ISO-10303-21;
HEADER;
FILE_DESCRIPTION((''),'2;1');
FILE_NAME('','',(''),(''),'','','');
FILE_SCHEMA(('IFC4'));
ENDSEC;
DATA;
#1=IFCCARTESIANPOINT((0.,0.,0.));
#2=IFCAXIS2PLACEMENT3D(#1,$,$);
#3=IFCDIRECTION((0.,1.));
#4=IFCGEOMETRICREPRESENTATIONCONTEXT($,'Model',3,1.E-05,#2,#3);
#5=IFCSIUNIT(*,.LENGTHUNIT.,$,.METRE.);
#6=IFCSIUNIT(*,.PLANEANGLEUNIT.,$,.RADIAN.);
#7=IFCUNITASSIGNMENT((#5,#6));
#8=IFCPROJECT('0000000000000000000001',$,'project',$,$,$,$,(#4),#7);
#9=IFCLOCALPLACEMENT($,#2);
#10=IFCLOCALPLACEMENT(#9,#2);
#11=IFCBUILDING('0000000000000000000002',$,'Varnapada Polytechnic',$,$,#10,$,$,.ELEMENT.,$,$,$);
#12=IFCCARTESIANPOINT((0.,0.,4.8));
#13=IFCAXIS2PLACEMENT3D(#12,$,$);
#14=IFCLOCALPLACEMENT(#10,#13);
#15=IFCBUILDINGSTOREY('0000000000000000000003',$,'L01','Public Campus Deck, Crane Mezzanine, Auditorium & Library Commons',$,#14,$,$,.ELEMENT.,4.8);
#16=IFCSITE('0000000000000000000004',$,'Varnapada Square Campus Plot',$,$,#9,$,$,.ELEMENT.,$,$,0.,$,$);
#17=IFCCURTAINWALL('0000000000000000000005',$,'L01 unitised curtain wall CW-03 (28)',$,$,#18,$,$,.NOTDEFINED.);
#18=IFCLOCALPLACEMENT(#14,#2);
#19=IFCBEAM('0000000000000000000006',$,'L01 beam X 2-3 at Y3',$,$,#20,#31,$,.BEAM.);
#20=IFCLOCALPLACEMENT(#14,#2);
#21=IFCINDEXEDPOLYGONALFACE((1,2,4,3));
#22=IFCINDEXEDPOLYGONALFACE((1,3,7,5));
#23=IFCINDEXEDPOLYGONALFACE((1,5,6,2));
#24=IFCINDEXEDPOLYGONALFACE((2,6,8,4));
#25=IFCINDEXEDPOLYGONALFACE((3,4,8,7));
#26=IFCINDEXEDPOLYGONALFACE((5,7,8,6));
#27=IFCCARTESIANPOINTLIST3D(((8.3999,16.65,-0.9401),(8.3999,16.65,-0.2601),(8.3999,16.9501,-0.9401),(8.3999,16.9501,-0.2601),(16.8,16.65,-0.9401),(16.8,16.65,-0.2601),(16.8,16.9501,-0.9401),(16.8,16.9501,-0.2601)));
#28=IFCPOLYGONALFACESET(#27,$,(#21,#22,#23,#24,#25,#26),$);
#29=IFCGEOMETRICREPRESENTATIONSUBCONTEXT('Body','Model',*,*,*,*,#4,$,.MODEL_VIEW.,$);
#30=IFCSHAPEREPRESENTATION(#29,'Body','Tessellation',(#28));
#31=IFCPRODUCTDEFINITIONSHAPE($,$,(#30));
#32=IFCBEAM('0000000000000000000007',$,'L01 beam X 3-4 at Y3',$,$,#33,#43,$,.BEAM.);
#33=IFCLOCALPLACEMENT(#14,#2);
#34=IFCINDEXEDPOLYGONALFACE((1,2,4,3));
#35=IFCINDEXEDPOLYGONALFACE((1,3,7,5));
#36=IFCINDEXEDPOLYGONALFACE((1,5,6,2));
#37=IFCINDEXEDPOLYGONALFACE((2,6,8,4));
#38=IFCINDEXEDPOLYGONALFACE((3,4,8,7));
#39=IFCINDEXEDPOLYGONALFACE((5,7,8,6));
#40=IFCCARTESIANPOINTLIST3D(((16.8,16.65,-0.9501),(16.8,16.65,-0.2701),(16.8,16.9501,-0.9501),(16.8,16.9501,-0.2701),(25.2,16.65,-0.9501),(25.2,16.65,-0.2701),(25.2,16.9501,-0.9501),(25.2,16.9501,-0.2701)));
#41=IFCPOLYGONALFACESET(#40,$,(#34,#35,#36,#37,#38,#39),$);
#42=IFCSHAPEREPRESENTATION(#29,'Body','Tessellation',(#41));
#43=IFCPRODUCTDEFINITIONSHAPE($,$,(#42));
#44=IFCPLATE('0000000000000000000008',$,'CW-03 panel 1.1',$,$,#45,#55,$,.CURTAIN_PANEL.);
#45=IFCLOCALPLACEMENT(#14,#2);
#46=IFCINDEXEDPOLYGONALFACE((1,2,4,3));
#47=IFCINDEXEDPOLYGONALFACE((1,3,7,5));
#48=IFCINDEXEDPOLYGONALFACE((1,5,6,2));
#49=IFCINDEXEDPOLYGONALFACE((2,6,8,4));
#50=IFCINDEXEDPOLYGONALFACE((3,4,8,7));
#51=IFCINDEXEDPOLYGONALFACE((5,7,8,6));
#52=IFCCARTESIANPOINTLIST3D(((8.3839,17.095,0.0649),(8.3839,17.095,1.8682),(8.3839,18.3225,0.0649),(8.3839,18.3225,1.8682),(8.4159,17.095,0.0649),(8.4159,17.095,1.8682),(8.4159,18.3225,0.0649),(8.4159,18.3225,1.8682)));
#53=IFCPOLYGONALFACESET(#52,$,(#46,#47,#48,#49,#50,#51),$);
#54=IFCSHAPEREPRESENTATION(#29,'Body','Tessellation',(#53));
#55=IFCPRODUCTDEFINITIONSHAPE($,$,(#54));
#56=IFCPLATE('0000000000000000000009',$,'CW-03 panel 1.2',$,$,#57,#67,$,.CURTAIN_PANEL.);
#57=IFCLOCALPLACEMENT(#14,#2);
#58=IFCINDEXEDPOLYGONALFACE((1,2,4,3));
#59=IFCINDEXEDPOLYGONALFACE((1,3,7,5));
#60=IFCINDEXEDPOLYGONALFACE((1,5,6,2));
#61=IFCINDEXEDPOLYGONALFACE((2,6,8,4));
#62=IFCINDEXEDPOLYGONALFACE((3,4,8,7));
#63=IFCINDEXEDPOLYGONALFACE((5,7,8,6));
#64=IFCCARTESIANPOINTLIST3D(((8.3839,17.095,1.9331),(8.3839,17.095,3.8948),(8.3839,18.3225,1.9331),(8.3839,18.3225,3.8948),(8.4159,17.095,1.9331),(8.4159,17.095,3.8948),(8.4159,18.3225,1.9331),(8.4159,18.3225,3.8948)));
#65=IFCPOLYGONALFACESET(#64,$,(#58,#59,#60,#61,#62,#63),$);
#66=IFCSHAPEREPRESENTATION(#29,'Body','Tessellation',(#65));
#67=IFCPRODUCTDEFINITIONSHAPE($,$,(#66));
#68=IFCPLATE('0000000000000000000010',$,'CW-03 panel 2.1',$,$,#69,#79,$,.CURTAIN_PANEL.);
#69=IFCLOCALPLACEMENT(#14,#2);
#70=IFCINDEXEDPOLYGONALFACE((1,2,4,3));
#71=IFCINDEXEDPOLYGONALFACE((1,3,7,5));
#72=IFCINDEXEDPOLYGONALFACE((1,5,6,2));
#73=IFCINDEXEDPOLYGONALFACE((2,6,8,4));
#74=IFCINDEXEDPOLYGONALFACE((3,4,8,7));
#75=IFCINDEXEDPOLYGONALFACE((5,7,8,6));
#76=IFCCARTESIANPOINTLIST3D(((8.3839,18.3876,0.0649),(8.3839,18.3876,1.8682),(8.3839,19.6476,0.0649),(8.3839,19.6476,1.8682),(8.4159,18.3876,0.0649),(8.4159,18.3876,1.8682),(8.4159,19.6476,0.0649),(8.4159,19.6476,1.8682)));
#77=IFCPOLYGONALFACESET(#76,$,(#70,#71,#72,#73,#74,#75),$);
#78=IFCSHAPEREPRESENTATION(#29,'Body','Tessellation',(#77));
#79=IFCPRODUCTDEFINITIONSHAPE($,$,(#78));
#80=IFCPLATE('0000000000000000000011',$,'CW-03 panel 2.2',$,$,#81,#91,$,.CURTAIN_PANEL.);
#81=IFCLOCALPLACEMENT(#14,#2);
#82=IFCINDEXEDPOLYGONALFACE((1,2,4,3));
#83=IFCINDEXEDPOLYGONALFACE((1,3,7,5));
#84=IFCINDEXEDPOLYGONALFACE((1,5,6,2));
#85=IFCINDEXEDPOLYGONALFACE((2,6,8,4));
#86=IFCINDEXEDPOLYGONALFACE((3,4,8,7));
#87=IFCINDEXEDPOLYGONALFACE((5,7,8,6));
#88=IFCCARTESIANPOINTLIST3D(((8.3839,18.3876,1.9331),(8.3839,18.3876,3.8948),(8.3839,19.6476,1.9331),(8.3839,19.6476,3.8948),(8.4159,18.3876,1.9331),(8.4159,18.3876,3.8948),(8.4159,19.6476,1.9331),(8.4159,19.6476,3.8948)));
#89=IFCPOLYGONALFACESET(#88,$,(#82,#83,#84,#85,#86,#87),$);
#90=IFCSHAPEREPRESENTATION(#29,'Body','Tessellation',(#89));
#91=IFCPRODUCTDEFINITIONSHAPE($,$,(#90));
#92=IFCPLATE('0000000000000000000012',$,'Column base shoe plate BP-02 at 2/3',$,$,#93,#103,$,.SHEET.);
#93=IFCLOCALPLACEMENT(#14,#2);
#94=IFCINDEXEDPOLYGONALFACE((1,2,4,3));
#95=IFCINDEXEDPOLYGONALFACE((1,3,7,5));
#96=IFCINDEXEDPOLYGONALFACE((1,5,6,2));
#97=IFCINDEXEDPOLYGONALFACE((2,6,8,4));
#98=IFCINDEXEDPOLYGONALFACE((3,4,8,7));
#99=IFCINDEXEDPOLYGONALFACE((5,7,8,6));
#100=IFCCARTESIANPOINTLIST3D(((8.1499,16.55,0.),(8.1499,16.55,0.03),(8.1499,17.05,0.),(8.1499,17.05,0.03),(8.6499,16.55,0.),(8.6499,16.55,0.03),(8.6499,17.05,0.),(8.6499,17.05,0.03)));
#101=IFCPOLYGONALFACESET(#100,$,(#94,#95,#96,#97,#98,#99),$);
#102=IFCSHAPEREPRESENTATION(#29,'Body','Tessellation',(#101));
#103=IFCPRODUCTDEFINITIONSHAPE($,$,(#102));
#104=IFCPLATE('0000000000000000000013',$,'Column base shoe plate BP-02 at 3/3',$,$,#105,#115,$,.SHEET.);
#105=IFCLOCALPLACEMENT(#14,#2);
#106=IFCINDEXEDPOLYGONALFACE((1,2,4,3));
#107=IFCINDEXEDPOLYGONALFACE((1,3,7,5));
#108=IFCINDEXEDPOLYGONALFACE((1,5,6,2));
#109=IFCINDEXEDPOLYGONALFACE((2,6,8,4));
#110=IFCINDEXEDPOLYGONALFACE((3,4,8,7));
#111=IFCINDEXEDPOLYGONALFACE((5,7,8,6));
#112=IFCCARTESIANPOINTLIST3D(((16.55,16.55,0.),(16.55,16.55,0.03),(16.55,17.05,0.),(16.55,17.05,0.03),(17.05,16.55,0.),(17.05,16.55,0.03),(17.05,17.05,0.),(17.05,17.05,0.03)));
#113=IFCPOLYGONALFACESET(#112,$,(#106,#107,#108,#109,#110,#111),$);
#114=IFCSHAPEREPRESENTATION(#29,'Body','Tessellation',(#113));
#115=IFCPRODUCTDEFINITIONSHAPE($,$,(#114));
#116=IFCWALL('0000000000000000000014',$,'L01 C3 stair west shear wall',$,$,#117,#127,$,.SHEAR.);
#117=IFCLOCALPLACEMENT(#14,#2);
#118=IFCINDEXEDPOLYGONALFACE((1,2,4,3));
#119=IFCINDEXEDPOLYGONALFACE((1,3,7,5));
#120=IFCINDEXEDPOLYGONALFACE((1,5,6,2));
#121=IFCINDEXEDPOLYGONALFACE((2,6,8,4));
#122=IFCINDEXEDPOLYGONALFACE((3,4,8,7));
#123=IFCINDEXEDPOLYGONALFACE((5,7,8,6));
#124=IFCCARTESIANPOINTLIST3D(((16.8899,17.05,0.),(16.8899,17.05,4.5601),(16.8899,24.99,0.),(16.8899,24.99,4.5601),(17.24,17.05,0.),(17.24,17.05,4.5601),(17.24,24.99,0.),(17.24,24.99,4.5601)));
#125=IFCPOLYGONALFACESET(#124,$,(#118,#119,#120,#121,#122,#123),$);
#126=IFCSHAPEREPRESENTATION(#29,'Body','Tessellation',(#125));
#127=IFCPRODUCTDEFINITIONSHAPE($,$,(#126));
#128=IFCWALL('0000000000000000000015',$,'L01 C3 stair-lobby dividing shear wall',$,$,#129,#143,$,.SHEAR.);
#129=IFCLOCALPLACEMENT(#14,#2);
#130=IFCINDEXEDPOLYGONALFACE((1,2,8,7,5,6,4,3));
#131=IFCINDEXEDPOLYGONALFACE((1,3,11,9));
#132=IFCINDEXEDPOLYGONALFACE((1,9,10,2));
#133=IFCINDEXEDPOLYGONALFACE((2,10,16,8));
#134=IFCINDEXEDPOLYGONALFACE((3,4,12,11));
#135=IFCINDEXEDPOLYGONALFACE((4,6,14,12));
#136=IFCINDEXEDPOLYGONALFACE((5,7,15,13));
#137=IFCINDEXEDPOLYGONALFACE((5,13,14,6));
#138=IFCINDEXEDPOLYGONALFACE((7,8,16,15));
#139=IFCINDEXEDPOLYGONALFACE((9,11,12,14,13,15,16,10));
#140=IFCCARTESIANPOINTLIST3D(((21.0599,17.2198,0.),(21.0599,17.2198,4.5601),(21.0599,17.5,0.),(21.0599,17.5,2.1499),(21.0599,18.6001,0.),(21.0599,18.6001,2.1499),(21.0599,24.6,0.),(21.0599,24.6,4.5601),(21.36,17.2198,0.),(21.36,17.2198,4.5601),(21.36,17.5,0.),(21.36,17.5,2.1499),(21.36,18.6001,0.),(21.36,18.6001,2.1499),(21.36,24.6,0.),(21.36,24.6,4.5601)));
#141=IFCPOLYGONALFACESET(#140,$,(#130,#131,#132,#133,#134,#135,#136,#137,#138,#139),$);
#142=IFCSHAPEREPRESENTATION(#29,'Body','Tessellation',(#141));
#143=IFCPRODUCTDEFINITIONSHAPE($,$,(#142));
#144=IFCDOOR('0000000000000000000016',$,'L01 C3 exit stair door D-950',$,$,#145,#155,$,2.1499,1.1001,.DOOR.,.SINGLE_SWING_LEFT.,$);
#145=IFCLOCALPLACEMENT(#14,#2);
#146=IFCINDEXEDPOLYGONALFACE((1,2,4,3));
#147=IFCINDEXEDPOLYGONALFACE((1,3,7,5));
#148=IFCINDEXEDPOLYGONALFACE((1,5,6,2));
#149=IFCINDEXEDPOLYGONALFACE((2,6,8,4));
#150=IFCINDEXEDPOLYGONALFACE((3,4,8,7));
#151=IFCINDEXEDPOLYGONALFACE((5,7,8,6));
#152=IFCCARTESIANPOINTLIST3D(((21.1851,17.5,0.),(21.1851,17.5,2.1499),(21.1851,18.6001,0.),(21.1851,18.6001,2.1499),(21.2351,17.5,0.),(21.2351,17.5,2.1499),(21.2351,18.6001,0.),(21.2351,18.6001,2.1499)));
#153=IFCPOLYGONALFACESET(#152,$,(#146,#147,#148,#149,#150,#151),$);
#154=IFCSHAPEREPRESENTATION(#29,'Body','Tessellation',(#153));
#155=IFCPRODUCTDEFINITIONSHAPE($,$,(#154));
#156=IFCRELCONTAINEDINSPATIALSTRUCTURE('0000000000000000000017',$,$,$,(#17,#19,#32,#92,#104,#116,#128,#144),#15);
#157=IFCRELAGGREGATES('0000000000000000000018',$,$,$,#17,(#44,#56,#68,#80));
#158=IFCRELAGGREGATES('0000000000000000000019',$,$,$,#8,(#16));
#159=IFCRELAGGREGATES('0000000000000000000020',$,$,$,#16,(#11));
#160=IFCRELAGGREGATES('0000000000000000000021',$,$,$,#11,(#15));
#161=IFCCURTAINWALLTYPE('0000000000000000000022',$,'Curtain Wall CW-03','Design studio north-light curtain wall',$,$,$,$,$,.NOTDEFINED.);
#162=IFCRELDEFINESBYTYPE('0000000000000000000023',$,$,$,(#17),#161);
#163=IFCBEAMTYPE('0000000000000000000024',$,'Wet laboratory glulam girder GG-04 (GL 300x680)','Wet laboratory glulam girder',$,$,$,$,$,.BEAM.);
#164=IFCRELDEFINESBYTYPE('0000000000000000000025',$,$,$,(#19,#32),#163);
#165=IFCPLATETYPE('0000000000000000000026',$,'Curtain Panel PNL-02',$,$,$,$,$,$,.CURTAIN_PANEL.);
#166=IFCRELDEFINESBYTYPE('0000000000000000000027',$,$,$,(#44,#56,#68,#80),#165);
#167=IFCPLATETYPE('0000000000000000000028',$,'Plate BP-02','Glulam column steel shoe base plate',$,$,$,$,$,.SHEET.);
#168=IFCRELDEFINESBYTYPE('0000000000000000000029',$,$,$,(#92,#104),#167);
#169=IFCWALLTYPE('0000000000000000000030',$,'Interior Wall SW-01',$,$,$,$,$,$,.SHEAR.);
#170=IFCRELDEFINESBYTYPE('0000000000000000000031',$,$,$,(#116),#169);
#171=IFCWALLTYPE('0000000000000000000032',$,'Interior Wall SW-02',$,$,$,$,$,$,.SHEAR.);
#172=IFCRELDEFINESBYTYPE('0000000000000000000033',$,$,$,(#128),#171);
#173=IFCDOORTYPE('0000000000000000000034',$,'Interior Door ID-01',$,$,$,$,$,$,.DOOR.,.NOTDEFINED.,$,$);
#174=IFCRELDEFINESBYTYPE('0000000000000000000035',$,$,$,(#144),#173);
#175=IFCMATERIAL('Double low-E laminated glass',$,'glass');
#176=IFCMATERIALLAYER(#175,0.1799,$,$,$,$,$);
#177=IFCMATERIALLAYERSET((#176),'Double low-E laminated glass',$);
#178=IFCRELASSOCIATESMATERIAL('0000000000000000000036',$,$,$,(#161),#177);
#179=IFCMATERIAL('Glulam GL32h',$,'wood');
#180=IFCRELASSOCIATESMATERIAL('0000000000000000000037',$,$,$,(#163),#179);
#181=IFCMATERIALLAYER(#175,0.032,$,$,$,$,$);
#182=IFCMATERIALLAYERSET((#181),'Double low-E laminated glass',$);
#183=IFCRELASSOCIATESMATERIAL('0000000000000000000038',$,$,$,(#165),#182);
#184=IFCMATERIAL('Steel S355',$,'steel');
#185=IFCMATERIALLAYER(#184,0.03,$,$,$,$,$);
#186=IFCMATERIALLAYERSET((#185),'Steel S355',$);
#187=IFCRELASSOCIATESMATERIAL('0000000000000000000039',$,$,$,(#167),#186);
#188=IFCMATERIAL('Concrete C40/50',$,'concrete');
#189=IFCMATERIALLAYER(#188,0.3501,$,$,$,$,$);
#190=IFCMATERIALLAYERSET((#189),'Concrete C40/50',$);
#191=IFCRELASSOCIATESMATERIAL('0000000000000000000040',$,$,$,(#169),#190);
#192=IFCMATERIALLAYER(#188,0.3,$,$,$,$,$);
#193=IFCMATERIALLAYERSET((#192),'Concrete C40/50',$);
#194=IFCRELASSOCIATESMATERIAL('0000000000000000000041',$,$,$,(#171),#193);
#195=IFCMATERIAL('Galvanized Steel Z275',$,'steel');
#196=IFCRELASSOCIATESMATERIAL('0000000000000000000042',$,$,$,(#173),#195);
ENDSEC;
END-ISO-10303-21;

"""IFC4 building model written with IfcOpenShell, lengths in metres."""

from ifc_helpers import new_model, si_unit, direction, frame, frame_2d, origin, origin_2d, place, context, subcontext, project, spatial, rectangle, extrude, material, layer, layer_set, material_profile, profile_set, type_object, element, fill, aggregate, save


model = new_model("IFC4")

# Units and contexts
model_context = context("Model", 3, precision=1e-05, world=origin(), true_north=direction((0.0, 1.0)))
body_context = subcontext(model_context, "Body", "Model", "MODEL_VIEW")
ifc_project = project(units=[si_unit("LENGTHUNIT", "METRE"), si_unit("PLANEANGLEUNIT", "RADIAN")], contexts=[model_context])

# Site, building, storey
site_placement = place(None, origin())
site = spatial("IfcSite", under=ifc_project, at=site_placement, Name="Varnapada Square Campus Plot", CompositionType="ELEMENT", RefElevation=0.0)
building_placement = place(site_placement, origin())
building = spatial("IfcBuilding", under=site, at=building_placement, Name="Varnapada Polytechnic", CompositionType="ELEMENT")
storey_placement = place(building_placement, frame((0.0, 0.0, 4.8)))
storey = spatial("IfcBuildingStorey", under=building, at=storey_placement, Name="L01", Description="Public Campus Deck, Crane Mezzanine, Auditorium & Library Commons", CompositionType="ELEMENT", Elevation=4.8)

# Shared definitions
ifc_material_1 = material(Name="Glulam GL32h", Category="wood")

# Shared definitions
ifc_material_2 = material(Name="Concrete C40/50", Category="concrete")

# Curtain wall
ifc_material_3 = material(Name="Double low-E laminated glass", Category="glass")
ifc_layer_1 = layer(ifc_material_3, 0.1799)
ifc_layer_set_1 = layer_set([ifc_layer_1], Name="Double low-E laminated glass")
curtain_wall_type = type_object("IfcCurtainWallType", Name="Curtain Wall CW-03", Description="Design studio north-light curtain wall", PredefinedType="NOTDEFINED", material=ifc_layer_set_1)
curtain_wall_placement = place(storey_placement, origin())
curtain_wall = element("IfcCurtainWall", 1, at=curtain_wall_placement, inside=storey, type_object=curtain_wall_type, Name="L01 unitised curtain wall CW-03 (28)", PredefinedType="NOTDEFINED")

# Beams
ifc_material_profile_1 = material_profile(ifc_material_1, rectangle(XDim=0.3, YDim=0.6799, at=origin_2d()), Name="GL 300x680")
ifc_profile_set_1 = profile_set([ifc_material_profile_1], Name="Glulam GL32h")
beam_type_1 = type_object("IfcBeamType", Name="Wet laboratory glulam girder GG-04 (GL 300x680)", Description="Wet laboratory glulam girder", PredefinedType="BEAM", material=ifc_profile_set_1)
beam_1_placement = place(storey_placement, frame((8.3999, 16.8, -0.6001), z_axis=(1.0, 0.0, 0.0), x_axis=(0.0, 1.0, 0.0)))
element("IfcBeam", 2, at=beam_1_placement, inside=storey, type_object=beam_type_1, Name="L01 beam X 2-3 at Y3", PredefinedType="BEAM", context=body_context, shape_type="SweptSolid", body=[
    extrude(rectangle(XDim=0.3, YDim=0.6799, at=origin_2d()), origin(), (0.0, 0.0, 1.0), 8.4001),
])
beam_2_placement = place(storey_placement, frame((16.8, 16.8, -0.6101), z_axis=(1.0, 0.0, 0.0), x_axis=(0.0, 1.0, 0.0)))
element("IfcBeam", 3, at=beam_2_placement, inside=storey, type_object=beam_type_1, Name="L01 beam X 3-4 at Y3", PredefinedType="BEAM", context=body_context, shape_type="SweptSolid", body=[
    extrude(rectangle(XDim=0.3, YDim=0.6799, at=origin_2d()), origin(), (0.0, 0.0, 1.0), 8.3999),
])

# Plates
ifc_layer_2 = layer(ifc_material_3, 0.032)
ifc_layer_set_2 = layer_set([ifc_layer_2], Name="Double low-E laminated glass")
plate_type_1 = type_object("IfcPlateType", Name="Curtain Panel PNL-02", PredefinedType="CURTAIN_PANEL", material=ifc_layer_set_2)
plate_1_placement = place(storey_placement, frame((8.3999, 17.7087, 0.0649), z_axis=(0.0, 0.0, 1.0), x_axis=(0.0, 1.0, 0.0)))
plate_1 = element("IfcPlate", 4, at=plate_1_placement, type_object=plate_type_1, Name="CW-03 panel 1.1", PredefinedType="CURTAIN_PANEL", context=body_context, shape_type="SweptSolid", body=[
    extrude(rectangle(XDim=1.2275, YDim=0.032, at=origin_2d()), origin(), (0.0, 0.0, 1.0), 1.8032),
])
plate_2_placement = place(storey_placement, frame((8.3999, 17.7087, 1.9331), z_axis=(0.0, 0.0, 1.0), x_axis=(0.0, 1.0, 0.0)))
plate_2 = element("IfcPlate", 5, at=plate_2_placement, type_object=plate_type_1, Name="CW-03 panel 1.2", PredefinedType="CURTAIN_PANEL", context=body_context, shape_type="SweptSolid", body=[
    extrude(rectangle(XDim=1.2275, YDim=0.032, at=origin_2d()), origin(), (0.0, 0.0, 1.0), 1.9617),
])
plate_3_placement = place(storey_placement, frame((8.3999, 19.0176, 0.0649), z_axis=(0.0, 0.0, 1.0), x_axis=(0.0, 1.0, 0.0)))
plate_3 = element("IfcPlate", 6, at=plate_3_placement, type_object=plate_type_1, Name="CW-03 panel 2.1", PredefinedType="CURTAIN_PANEL", context=body_context, shape_type="SweptSolid", body=[
    extrude(rectangle(XDim=1.26, YDim=0.032, at=origin_2d()), origin(), (0.0, 0.0, 1.0), 1.8032),
])
plate_4_placement = place(storey_placement, frame((8.3999, 19.0176, 1.9331), z_axis=(0.0, 0.0, 1.0), x_axis=(0.0, 1.0, 0.0)))
plate_4 = element("IfcPlate", 7, at=plate_4_placement, type_object=plate_type_1, Name="CW-03 panel 2.2", PredefinedType="CURTAIN_PANEL", context=body_context, shape_type="SweptSolid", body=[
    extrude(rectangle(XDim=1.26, YDim=0.032, at=origin_2d()), origin(), (0.0, 0.0, 1.0), 1.9617),
])
aggregate(curtain_wall, [plate_1, plate_2, plate_3, plate_4])

# Plates
ifc_material_4 = material(Name="Steel S355", Category="steel")
ifc_layer_3 = layer(ifc_material_4, 0.03)
ifc_layer_set_3 = layer_set([ifc_layer_3], Name="Steel S355")
plate_type_2 = type_object("IfcPlateType", Name="Plate BP-02", Description="Glulam column steel shoe base plate", PredefinedType="SHEET", material=ifc_layer_set_3)
for number, where, z_axis, x_axis, name in (
    (8, (8.3999, 16.8, 0.0), (0.0, 0.0, 1.0), (1.0, 0.0, 0.0), "Column base shoe plate BP-02 at 2/3"),
    (9, (16.8, 16.8, 0.0), (0.0, 0.0, 1.0), (1.0, 0.0, 0.0), "Column base shoe plate BP-02 at 3/3"),
):
    element("IfcPlate", number, at=place(storey_placement, frame(where, z_axis=z_axis, x_axis=x_axis)), inside=storey, type_object=plate_type_2, Name=name, PredefinedType="SHEET", context=body_context, shape_type="SweptSolid", body=[
        extrude(rectangle(XDim=0.5, YDim=0.5, at=origin_2d()), origin(), (0.0, 0.0, 1.0), 0.03),
    ])

# Wall
ifc_layer_4 = layer(ifc_material_2, 0.3501)
ifc_layer_set_4 = layer_set([ifc_layer_4], Name="Concrete C40/50")
wall_type_1 = type_object("IfcWallType", Name="Interior Wall SW-01", PredefinedType="SHEAR", material=ifc_layer_set_4)
wall_1_placement = place(storey_placement, frame((17.0649, 17.05, 0.0), z_axis=(0.0, 0.0, 1.0), x_axis=(0.0, 1.0, 0.0)))
element("IfcWall", 10, at=wall_1_placement, inside=storey, type_object=wall_type_1, Name="L01 C3 stair west shear wall", PredefinedType="SHEAR", context=body_context, shape_type="SweptSolid", body=[
    extrude(rectangle(XDim=7.9399, YDim=0.3501, at=frame_2d((3.97, 0.0))), origin(), (0.0, 0.0, 1.0), 4.5601),
])

# Wall, opening, door
ifc_layer_5 = layer(ifc_material_2, 0.3)
ifc_layer_set_5 = layer_set([ifc_layer_5], Name="Concrete C40/50")
wall_type_2 = type_object("IfcWallType", Name="Interior Wall SW-02", PredefinedType="SHEAR", material=ifc_layer_set_5)
wall_2_placement = place(storey_placement, frame((21.21, 17.22, 0.0), z_axis=(0.0, 0.0, 1.0), x_axis=(0.0, 1.0, 0.0)))
wall_2 = element("IfcWall", 11, at=wall_2_placement, inside=storey, type_object=wall_type_2, Name="L01 C3 stair-lobby dividing shear wall", PredefinedType="SHEAR", context=body_context, shape_type="SweptSolid", body=[
    extrude(rectangle(XDim=7.3801, YDim=0.3, at=frame_2d((3.6899, 0.0))), origin(), (0.0, 0.0, 1.0), 4.5601),
])
opening_placement = place(wall_2_placement, frame((0.28, 0.0, 0.0)))
opening = element("IfcOpeningElement", 12, at=opening_placement, cuts=wall_2, PredefinedType="OPENING", context=body_context, shape_type="SweptSolid", body=[
    extrude(rectangle(XDim=1.1001, YDim=2.1499, at=frame_2d((0.55, 1.075))), frame((0.0, 0.1599, 0.0), z_axis=(0.0, -1.0, 0.0), x_axis=(1.0, 0.0, 0.0)), (0.0, 0.0, 1.0), 0.3201),
])
ifc_material_5 = material(Name="Galvanized Steel Z275", Category="steel")
door_type = type_object("IfcDoorType", Name="Interior Door ID-01", OperationType="NOTDEFINED", PredefinedType="DOOR", material=ifc_material_5)
door_placement = place(opening_placement, origin())
door = element("IfcDoor", 13, at=door_placement, inside=storey, type_object=door_type, Name="L01 C3 exit stair door D-950", OperationType="SINGLE_SWING_LEFT", OverallHeight=2.1499, OverallWidth=1.1001, PredefinedType="DOOR", context=body_context, shape_type="SweptSolid", body=[
    extrude(rectangle(XDim=1.1001, YDim=2.1499, at=frame_2d((0.55, 1.075))), frame((0.0, 0.0249, 0.0), z_axis=(0.0, -1.0, 0.0), x_axis=(1.0, 0.0, 0.0)), (0.0, 0.0, 1.0), 0.05),
])
fill(opening, door)

save(model, "model.ifc")
